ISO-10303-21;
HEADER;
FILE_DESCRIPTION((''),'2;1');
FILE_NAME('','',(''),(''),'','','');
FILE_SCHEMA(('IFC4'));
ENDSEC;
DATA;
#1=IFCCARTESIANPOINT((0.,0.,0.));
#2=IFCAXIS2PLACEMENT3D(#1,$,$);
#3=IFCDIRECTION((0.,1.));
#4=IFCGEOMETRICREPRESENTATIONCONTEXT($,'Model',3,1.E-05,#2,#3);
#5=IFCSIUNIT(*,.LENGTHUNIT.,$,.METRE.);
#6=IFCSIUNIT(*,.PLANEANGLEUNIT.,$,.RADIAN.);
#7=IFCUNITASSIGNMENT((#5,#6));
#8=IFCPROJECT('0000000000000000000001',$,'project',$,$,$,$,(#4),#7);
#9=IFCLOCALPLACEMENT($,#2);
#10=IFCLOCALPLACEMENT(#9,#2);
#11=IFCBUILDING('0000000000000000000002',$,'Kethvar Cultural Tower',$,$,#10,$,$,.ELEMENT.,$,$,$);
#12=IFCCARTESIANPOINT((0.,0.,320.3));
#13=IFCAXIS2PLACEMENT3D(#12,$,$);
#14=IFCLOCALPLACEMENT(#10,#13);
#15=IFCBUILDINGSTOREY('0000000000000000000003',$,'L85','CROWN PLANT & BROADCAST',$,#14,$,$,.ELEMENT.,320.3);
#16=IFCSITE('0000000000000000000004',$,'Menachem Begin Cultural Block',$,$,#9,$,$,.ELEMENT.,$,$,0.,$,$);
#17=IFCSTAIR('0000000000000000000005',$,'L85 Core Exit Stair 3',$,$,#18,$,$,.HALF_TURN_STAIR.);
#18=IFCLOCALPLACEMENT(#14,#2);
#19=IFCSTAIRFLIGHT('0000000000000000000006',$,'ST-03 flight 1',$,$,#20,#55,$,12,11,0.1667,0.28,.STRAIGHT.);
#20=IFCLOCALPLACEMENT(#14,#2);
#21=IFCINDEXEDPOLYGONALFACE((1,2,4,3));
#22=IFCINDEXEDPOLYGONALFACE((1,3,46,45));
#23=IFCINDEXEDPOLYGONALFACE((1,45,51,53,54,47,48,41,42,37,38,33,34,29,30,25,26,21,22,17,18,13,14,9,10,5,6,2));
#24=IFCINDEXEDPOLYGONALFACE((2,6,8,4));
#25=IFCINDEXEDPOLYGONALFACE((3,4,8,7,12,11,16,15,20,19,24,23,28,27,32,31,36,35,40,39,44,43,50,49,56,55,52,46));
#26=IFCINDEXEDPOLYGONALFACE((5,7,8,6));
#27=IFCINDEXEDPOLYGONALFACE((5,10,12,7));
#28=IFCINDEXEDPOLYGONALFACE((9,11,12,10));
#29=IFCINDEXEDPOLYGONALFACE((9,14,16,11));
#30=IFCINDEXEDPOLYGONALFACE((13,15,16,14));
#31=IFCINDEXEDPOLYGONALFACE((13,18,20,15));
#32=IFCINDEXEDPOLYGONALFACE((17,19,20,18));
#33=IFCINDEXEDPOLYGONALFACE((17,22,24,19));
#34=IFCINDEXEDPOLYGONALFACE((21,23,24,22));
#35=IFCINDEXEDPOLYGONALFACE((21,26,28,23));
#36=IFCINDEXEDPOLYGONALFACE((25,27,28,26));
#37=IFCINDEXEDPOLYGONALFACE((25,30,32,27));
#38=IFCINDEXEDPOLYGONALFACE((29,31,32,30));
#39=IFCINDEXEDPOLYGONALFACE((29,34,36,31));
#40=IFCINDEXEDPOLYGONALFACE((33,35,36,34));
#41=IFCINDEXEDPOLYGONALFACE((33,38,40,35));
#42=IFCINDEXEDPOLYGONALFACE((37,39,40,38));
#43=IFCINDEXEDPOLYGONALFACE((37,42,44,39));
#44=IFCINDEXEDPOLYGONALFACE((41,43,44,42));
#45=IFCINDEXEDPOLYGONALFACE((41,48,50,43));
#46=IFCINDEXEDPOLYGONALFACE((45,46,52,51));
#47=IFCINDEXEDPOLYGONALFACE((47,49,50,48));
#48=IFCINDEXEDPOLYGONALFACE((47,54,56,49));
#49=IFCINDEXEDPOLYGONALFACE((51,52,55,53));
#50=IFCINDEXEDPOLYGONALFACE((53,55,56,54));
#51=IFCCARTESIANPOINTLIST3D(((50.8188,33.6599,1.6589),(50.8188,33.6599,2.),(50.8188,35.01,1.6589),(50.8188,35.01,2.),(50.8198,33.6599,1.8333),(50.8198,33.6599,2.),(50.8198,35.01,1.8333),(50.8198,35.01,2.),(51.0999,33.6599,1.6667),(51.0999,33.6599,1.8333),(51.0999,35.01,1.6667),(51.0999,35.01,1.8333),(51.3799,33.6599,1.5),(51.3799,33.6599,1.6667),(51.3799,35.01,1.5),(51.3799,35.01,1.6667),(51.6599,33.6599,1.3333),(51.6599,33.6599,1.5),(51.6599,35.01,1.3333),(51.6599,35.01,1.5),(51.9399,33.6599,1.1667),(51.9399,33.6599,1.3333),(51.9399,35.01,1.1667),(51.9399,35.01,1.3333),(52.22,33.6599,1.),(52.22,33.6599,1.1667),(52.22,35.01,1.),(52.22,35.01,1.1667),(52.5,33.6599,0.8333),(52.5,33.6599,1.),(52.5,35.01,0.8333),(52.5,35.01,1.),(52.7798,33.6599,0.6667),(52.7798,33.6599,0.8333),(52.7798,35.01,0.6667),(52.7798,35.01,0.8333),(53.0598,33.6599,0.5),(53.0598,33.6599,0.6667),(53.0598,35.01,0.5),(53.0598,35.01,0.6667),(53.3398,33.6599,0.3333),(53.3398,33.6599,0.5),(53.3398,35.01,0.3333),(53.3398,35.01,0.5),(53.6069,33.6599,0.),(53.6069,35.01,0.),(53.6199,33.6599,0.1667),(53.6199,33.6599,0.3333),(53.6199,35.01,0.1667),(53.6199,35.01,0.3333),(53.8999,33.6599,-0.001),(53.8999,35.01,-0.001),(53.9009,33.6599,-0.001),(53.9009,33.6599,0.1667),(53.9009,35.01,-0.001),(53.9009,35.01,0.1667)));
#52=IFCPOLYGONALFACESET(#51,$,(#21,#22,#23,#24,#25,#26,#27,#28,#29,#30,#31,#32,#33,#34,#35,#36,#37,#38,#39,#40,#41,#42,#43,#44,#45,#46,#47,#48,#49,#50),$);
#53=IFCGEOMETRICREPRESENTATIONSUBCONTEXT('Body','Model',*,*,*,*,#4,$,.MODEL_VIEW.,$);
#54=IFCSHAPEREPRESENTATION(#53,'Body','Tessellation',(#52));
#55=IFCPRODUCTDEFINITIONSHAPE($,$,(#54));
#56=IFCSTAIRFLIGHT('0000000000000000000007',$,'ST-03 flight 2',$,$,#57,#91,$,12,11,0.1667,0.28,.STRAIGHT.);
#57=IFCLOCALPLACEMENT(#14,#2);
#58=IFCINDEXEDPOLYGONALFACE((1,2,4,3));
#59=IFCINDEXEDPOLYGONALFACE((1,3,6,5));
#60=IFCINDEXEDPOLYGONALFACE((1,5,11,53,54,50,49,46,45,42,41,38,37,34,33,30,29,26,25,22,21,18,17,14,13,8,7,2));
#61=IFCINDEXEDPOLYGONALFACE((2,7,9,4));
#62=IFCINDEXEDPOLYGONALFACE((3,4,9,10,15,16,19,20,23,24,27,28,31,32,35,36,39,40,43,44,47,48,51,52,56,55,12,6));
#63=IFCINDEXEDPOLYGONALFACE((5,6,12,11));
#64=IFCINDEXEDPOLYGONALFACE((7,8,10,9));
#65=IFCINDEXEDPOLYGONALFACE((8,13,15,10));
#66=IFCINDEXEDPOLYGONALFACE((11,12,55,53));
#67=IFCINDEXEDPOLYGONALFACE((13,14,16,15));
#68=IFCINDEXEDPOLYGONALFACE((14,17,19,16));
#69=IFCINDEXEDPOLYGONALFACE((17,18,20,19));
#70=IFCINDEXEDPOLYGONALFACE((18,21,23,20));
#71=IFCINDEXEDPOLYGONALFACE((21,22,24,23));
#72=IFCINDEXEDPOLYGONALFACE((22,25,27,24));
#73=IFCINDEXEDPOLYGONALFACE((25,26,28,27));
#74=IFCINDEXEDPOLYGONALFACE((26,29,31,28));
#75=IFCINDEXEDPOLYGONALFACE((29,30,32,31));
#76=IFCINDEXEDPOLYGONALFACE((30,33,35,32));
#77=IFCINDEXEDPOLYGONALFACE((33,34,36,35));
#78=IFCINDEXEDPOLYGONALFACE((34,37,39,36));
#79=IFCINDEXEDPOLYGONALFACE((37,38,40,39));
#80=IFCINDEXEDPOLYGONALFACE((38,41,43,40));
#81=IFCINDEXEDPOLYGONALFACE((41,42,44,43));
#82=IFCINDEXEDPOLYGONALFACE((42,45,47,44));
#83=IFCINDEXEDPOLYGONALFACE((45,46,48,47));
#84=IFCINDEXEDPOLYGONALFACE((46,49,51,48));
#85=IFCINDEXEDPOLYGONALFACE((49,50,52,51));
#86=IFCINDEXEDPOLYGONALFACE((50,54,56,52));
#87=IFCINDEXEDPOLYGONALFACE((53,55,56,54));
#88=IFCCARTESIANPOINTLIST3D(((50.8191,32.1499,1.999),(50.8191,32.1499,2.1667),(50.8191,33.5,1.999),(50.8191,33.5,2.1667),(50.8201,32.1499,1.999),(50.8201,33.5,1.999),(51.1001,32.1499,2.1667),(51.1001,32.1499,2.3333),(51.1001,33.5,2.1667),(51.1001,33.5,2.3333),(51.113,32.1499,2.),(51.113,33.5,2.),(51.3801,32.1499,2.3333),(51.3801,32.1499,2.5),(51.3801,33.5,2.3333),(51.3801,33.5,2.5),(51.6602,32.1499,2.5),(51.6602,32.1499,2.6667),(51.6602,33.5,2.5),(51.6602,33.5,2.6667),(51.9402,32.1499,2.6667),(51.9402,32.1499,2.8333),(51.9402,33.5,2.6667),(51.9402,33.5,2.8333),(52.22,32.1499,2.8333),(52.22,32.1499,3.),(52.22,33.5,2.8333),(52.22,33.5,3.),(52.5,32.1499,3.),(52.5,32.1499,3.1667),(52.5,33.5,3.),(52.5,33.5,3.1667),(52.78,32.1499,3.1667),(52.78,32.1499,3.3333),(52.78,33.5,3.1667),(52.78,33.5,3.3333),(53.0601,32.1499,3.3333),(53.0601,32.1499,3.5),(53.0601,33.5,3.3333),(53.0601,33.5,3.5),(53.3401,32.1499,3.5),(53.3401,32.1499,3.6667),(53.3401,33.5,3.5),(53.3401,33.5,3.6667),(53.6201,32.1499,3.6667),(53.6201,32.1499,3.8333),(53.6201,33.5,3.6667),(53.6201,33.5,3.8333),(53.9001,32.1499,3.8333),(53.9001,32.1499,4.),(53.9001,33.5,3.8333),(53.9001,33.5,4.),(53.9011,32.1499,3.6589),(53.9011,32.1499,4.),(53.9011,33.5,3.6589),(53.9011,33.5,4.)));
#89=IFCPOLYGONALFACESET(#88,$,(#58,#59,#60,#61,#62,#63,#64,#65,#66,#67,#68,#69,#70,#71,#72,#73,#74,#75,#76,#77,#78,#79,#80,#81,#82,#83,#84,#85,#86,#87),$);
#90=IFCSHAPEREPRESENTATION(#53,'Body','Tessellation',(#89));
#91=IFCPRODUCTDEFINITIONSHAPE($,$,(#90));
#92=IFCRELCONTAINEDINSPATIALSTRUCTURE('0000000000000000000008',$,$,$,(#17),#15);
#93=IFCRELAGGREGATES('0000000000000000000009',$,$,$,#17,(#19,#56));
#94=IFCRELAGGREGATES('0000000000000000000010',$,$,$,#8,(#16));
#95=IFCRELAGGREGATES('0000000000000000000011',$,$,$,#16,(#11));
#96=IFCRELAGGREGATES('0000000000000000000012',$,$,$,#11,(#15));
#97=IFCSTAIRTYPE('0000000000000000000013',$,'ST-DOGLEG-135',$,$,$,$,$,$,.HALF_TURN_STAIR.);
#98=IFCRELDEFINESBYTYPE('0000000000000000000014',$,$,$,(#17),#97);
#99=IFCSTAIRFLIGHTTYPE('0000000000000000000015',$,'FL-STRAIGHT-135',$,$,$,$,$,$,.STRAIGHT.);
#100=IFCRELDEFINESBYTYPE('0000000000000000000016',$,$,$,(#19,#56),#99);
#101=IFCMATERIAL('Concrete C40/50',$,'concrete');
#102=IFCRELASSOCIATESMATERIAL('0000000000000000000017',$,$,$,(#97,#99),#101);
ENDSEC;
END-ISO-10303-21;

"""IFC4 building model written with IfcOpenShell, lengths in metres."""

from ifc_helpers import new_model, si_unit, direction, frame, origin, place, context, subcontext, project, spatial, polyline, outline, extrude, material, type_object, element, aggregate, save


model = new_model("IFC4")

# Units and contexts
model_context = context("Model", 3, precision=1e-05, world=origin(), true_north=direction((0.0, 1.0)))
body_context = subcontext(model_context, "Body", "Model", "MODEL_VIEW")
ifc_project = project(units=[si_unit("LENGTHUNIT", "METRE"), si_unit("PLANEANGLEUNIT", "RADIAN")], contexts=[model_context])

# Site, building, storey
site_placement = place(None, origin())
site = spatial("IfcSite", under=ifc_project, at=site_placement, Name="Menachem Begin Cultural Block", CompositionType="ELEMENT", RefElevation=0.0)
building_placement = place(site_placement, origin())
building = spatial("IfcBuilding", under=site, at=building_placement, Name="Kethvar Cultural Tower", CompositionType="ELEMENT")
storey_placement = place(building_placement, frame((0.0, 0.0, 320.3)))
storey = spatial("IfcBuildingStorey", under=building, at=storey_placement, Name="L85", Description="CROWN PLANT & BROADCAST", CompositionType="ELEMENT", Elevation=320.3)

# Shared definitions
ifc_material_1 = material(Name="Concrete C40/50", Category="concrete")

# Stair, stair flights
stair_type = type_object("IfcStairType", Name="ST-DOGLEG-135", PredefinedType="HALF_TURN_STAIR", material=ifc_material_1)
stair_placement = place(storey_placement, origin())
stair = element("IfcStair", 1, at=stair_placement, inside=storey, type_object=stair_type, Name="L85 Core Exit Stair 3", PredefinedType="HALF_TURN_STAIR")
stair_flight_type = type_object("IfcStairFlightType", Name="FL-STRAIGHT-135", PredefinedType="STRAIGHT", material=ifc_material_1)
stair_flight_1_placement = place(storey_placement, frame((53.8999, 34.335, 0.0), z_axis=(0.0, 0.0, 1.0), x_axis=(-1.0, 0.0, 0.0)))
stair_flight_1 = element("IfcStairFlight", 2, at=stair_flight_1_placement, type_object=stair_flight_type, Name="ST-03 flight 1", NumberOfRisers=12, NumberOfTreads=11, PredefinedType="STRAIGHT", RiserHeight=0.1667, TreadLength=0.28, context=body_context, shape_type="SweptSolid", body=[
    extrude(outline(polyline([(-0.001, -0.001), (-0.001, 0.1667), (0.28, 0.1667), (0.28, 0.3333), (0.5601, 0.3333), (0.5601, 0.5), (0.8401, 0.5), (0.8401, 0.6667), (1.1201, 0.6667), (1.1201, 0.8333), (1.3999, 0.8333), (1.3999, 1.0), (1.6799, 1.0), (1.6799, 1.1667), (1.96, 1.1667), (1.96, 1.3333), (2.24, 1.3333), (2.24, 1.5), (2.52, 1.5), (2.52, 1.6667), (2.8, 1.6667), (2.8, 1.8333), (3.0801, 1.8333), (3.0801, 2.0), (3.0811, 2.0), (3.0811, 1.6589), (0.293, 0.0), (0.0, -0.001), (-0.001, -0.001)])), frame((0.0, 0.675, 0.0), z_axis=(0.0, -1.0, 0.0), x_axis=(1.0, 0.0, 0.0)), (0.0, 0.0, 1.0), 1.3501),
])
stair_flight_2_placement = place(storey_placement, frame((50.8201, 32.825, 2.0), z_axis=(0.0, 0.0, 1.0), x_axis=(1.0, 0.0, 0.0)))
stair_flight_2 = element("IfcStairFlight", 3, at=stair_flight_2_placement, type_object=stair_flight_type, Name="ST-03 flight 2", NumberOfRisers=12, NumberOfTreads=11, PredefinedType="STRAIGHT", RiserHeight=0.1667, TreadLength=0.28, context=body_context, shape_type="SweptSolid", body=[
    extrude(outline(polyline([(-0.001, -0.001), (-0.001, 0.1667), (0.28, 0.1667), (0.28, 0.3333), (0.5601, 0.3333), (0.5601, 0.5), (0.8401, 0.5), (0.8401, 0.6667), (1.1201, 0.6667), (1.1201, 0.8333), (1.3999, 0.8333), (1.3999, 1.0), (1.6799, 1.0), (1.6799, 1.1667), (1.96, 1.1667), (1.96, 1.3333), (2.24, 1.3333), (2.24, 1.5), (2.52, 1.5), (2.52, 1.6667), (2.8, 1.6667), (2.8, 1.8333), (3.0801, 1.8333), (3.0801, 2.0), (3.0811, 2.0), (3.0811, 1.6589), (0.293, 0.0), (0.0, -0.001), (-0.001, -0.001)])), frame((0.0, 0.675, 0.0), z_axis=(0.0, -1.0, 0.0), x_axis=(1.0, 0.0, 0.0)), (0.0, 0.0, 1.0), 1.3501),
])
aggregate(stair, [stair_flight_1, stair_flight_2])

save(model, "model.ifc")
